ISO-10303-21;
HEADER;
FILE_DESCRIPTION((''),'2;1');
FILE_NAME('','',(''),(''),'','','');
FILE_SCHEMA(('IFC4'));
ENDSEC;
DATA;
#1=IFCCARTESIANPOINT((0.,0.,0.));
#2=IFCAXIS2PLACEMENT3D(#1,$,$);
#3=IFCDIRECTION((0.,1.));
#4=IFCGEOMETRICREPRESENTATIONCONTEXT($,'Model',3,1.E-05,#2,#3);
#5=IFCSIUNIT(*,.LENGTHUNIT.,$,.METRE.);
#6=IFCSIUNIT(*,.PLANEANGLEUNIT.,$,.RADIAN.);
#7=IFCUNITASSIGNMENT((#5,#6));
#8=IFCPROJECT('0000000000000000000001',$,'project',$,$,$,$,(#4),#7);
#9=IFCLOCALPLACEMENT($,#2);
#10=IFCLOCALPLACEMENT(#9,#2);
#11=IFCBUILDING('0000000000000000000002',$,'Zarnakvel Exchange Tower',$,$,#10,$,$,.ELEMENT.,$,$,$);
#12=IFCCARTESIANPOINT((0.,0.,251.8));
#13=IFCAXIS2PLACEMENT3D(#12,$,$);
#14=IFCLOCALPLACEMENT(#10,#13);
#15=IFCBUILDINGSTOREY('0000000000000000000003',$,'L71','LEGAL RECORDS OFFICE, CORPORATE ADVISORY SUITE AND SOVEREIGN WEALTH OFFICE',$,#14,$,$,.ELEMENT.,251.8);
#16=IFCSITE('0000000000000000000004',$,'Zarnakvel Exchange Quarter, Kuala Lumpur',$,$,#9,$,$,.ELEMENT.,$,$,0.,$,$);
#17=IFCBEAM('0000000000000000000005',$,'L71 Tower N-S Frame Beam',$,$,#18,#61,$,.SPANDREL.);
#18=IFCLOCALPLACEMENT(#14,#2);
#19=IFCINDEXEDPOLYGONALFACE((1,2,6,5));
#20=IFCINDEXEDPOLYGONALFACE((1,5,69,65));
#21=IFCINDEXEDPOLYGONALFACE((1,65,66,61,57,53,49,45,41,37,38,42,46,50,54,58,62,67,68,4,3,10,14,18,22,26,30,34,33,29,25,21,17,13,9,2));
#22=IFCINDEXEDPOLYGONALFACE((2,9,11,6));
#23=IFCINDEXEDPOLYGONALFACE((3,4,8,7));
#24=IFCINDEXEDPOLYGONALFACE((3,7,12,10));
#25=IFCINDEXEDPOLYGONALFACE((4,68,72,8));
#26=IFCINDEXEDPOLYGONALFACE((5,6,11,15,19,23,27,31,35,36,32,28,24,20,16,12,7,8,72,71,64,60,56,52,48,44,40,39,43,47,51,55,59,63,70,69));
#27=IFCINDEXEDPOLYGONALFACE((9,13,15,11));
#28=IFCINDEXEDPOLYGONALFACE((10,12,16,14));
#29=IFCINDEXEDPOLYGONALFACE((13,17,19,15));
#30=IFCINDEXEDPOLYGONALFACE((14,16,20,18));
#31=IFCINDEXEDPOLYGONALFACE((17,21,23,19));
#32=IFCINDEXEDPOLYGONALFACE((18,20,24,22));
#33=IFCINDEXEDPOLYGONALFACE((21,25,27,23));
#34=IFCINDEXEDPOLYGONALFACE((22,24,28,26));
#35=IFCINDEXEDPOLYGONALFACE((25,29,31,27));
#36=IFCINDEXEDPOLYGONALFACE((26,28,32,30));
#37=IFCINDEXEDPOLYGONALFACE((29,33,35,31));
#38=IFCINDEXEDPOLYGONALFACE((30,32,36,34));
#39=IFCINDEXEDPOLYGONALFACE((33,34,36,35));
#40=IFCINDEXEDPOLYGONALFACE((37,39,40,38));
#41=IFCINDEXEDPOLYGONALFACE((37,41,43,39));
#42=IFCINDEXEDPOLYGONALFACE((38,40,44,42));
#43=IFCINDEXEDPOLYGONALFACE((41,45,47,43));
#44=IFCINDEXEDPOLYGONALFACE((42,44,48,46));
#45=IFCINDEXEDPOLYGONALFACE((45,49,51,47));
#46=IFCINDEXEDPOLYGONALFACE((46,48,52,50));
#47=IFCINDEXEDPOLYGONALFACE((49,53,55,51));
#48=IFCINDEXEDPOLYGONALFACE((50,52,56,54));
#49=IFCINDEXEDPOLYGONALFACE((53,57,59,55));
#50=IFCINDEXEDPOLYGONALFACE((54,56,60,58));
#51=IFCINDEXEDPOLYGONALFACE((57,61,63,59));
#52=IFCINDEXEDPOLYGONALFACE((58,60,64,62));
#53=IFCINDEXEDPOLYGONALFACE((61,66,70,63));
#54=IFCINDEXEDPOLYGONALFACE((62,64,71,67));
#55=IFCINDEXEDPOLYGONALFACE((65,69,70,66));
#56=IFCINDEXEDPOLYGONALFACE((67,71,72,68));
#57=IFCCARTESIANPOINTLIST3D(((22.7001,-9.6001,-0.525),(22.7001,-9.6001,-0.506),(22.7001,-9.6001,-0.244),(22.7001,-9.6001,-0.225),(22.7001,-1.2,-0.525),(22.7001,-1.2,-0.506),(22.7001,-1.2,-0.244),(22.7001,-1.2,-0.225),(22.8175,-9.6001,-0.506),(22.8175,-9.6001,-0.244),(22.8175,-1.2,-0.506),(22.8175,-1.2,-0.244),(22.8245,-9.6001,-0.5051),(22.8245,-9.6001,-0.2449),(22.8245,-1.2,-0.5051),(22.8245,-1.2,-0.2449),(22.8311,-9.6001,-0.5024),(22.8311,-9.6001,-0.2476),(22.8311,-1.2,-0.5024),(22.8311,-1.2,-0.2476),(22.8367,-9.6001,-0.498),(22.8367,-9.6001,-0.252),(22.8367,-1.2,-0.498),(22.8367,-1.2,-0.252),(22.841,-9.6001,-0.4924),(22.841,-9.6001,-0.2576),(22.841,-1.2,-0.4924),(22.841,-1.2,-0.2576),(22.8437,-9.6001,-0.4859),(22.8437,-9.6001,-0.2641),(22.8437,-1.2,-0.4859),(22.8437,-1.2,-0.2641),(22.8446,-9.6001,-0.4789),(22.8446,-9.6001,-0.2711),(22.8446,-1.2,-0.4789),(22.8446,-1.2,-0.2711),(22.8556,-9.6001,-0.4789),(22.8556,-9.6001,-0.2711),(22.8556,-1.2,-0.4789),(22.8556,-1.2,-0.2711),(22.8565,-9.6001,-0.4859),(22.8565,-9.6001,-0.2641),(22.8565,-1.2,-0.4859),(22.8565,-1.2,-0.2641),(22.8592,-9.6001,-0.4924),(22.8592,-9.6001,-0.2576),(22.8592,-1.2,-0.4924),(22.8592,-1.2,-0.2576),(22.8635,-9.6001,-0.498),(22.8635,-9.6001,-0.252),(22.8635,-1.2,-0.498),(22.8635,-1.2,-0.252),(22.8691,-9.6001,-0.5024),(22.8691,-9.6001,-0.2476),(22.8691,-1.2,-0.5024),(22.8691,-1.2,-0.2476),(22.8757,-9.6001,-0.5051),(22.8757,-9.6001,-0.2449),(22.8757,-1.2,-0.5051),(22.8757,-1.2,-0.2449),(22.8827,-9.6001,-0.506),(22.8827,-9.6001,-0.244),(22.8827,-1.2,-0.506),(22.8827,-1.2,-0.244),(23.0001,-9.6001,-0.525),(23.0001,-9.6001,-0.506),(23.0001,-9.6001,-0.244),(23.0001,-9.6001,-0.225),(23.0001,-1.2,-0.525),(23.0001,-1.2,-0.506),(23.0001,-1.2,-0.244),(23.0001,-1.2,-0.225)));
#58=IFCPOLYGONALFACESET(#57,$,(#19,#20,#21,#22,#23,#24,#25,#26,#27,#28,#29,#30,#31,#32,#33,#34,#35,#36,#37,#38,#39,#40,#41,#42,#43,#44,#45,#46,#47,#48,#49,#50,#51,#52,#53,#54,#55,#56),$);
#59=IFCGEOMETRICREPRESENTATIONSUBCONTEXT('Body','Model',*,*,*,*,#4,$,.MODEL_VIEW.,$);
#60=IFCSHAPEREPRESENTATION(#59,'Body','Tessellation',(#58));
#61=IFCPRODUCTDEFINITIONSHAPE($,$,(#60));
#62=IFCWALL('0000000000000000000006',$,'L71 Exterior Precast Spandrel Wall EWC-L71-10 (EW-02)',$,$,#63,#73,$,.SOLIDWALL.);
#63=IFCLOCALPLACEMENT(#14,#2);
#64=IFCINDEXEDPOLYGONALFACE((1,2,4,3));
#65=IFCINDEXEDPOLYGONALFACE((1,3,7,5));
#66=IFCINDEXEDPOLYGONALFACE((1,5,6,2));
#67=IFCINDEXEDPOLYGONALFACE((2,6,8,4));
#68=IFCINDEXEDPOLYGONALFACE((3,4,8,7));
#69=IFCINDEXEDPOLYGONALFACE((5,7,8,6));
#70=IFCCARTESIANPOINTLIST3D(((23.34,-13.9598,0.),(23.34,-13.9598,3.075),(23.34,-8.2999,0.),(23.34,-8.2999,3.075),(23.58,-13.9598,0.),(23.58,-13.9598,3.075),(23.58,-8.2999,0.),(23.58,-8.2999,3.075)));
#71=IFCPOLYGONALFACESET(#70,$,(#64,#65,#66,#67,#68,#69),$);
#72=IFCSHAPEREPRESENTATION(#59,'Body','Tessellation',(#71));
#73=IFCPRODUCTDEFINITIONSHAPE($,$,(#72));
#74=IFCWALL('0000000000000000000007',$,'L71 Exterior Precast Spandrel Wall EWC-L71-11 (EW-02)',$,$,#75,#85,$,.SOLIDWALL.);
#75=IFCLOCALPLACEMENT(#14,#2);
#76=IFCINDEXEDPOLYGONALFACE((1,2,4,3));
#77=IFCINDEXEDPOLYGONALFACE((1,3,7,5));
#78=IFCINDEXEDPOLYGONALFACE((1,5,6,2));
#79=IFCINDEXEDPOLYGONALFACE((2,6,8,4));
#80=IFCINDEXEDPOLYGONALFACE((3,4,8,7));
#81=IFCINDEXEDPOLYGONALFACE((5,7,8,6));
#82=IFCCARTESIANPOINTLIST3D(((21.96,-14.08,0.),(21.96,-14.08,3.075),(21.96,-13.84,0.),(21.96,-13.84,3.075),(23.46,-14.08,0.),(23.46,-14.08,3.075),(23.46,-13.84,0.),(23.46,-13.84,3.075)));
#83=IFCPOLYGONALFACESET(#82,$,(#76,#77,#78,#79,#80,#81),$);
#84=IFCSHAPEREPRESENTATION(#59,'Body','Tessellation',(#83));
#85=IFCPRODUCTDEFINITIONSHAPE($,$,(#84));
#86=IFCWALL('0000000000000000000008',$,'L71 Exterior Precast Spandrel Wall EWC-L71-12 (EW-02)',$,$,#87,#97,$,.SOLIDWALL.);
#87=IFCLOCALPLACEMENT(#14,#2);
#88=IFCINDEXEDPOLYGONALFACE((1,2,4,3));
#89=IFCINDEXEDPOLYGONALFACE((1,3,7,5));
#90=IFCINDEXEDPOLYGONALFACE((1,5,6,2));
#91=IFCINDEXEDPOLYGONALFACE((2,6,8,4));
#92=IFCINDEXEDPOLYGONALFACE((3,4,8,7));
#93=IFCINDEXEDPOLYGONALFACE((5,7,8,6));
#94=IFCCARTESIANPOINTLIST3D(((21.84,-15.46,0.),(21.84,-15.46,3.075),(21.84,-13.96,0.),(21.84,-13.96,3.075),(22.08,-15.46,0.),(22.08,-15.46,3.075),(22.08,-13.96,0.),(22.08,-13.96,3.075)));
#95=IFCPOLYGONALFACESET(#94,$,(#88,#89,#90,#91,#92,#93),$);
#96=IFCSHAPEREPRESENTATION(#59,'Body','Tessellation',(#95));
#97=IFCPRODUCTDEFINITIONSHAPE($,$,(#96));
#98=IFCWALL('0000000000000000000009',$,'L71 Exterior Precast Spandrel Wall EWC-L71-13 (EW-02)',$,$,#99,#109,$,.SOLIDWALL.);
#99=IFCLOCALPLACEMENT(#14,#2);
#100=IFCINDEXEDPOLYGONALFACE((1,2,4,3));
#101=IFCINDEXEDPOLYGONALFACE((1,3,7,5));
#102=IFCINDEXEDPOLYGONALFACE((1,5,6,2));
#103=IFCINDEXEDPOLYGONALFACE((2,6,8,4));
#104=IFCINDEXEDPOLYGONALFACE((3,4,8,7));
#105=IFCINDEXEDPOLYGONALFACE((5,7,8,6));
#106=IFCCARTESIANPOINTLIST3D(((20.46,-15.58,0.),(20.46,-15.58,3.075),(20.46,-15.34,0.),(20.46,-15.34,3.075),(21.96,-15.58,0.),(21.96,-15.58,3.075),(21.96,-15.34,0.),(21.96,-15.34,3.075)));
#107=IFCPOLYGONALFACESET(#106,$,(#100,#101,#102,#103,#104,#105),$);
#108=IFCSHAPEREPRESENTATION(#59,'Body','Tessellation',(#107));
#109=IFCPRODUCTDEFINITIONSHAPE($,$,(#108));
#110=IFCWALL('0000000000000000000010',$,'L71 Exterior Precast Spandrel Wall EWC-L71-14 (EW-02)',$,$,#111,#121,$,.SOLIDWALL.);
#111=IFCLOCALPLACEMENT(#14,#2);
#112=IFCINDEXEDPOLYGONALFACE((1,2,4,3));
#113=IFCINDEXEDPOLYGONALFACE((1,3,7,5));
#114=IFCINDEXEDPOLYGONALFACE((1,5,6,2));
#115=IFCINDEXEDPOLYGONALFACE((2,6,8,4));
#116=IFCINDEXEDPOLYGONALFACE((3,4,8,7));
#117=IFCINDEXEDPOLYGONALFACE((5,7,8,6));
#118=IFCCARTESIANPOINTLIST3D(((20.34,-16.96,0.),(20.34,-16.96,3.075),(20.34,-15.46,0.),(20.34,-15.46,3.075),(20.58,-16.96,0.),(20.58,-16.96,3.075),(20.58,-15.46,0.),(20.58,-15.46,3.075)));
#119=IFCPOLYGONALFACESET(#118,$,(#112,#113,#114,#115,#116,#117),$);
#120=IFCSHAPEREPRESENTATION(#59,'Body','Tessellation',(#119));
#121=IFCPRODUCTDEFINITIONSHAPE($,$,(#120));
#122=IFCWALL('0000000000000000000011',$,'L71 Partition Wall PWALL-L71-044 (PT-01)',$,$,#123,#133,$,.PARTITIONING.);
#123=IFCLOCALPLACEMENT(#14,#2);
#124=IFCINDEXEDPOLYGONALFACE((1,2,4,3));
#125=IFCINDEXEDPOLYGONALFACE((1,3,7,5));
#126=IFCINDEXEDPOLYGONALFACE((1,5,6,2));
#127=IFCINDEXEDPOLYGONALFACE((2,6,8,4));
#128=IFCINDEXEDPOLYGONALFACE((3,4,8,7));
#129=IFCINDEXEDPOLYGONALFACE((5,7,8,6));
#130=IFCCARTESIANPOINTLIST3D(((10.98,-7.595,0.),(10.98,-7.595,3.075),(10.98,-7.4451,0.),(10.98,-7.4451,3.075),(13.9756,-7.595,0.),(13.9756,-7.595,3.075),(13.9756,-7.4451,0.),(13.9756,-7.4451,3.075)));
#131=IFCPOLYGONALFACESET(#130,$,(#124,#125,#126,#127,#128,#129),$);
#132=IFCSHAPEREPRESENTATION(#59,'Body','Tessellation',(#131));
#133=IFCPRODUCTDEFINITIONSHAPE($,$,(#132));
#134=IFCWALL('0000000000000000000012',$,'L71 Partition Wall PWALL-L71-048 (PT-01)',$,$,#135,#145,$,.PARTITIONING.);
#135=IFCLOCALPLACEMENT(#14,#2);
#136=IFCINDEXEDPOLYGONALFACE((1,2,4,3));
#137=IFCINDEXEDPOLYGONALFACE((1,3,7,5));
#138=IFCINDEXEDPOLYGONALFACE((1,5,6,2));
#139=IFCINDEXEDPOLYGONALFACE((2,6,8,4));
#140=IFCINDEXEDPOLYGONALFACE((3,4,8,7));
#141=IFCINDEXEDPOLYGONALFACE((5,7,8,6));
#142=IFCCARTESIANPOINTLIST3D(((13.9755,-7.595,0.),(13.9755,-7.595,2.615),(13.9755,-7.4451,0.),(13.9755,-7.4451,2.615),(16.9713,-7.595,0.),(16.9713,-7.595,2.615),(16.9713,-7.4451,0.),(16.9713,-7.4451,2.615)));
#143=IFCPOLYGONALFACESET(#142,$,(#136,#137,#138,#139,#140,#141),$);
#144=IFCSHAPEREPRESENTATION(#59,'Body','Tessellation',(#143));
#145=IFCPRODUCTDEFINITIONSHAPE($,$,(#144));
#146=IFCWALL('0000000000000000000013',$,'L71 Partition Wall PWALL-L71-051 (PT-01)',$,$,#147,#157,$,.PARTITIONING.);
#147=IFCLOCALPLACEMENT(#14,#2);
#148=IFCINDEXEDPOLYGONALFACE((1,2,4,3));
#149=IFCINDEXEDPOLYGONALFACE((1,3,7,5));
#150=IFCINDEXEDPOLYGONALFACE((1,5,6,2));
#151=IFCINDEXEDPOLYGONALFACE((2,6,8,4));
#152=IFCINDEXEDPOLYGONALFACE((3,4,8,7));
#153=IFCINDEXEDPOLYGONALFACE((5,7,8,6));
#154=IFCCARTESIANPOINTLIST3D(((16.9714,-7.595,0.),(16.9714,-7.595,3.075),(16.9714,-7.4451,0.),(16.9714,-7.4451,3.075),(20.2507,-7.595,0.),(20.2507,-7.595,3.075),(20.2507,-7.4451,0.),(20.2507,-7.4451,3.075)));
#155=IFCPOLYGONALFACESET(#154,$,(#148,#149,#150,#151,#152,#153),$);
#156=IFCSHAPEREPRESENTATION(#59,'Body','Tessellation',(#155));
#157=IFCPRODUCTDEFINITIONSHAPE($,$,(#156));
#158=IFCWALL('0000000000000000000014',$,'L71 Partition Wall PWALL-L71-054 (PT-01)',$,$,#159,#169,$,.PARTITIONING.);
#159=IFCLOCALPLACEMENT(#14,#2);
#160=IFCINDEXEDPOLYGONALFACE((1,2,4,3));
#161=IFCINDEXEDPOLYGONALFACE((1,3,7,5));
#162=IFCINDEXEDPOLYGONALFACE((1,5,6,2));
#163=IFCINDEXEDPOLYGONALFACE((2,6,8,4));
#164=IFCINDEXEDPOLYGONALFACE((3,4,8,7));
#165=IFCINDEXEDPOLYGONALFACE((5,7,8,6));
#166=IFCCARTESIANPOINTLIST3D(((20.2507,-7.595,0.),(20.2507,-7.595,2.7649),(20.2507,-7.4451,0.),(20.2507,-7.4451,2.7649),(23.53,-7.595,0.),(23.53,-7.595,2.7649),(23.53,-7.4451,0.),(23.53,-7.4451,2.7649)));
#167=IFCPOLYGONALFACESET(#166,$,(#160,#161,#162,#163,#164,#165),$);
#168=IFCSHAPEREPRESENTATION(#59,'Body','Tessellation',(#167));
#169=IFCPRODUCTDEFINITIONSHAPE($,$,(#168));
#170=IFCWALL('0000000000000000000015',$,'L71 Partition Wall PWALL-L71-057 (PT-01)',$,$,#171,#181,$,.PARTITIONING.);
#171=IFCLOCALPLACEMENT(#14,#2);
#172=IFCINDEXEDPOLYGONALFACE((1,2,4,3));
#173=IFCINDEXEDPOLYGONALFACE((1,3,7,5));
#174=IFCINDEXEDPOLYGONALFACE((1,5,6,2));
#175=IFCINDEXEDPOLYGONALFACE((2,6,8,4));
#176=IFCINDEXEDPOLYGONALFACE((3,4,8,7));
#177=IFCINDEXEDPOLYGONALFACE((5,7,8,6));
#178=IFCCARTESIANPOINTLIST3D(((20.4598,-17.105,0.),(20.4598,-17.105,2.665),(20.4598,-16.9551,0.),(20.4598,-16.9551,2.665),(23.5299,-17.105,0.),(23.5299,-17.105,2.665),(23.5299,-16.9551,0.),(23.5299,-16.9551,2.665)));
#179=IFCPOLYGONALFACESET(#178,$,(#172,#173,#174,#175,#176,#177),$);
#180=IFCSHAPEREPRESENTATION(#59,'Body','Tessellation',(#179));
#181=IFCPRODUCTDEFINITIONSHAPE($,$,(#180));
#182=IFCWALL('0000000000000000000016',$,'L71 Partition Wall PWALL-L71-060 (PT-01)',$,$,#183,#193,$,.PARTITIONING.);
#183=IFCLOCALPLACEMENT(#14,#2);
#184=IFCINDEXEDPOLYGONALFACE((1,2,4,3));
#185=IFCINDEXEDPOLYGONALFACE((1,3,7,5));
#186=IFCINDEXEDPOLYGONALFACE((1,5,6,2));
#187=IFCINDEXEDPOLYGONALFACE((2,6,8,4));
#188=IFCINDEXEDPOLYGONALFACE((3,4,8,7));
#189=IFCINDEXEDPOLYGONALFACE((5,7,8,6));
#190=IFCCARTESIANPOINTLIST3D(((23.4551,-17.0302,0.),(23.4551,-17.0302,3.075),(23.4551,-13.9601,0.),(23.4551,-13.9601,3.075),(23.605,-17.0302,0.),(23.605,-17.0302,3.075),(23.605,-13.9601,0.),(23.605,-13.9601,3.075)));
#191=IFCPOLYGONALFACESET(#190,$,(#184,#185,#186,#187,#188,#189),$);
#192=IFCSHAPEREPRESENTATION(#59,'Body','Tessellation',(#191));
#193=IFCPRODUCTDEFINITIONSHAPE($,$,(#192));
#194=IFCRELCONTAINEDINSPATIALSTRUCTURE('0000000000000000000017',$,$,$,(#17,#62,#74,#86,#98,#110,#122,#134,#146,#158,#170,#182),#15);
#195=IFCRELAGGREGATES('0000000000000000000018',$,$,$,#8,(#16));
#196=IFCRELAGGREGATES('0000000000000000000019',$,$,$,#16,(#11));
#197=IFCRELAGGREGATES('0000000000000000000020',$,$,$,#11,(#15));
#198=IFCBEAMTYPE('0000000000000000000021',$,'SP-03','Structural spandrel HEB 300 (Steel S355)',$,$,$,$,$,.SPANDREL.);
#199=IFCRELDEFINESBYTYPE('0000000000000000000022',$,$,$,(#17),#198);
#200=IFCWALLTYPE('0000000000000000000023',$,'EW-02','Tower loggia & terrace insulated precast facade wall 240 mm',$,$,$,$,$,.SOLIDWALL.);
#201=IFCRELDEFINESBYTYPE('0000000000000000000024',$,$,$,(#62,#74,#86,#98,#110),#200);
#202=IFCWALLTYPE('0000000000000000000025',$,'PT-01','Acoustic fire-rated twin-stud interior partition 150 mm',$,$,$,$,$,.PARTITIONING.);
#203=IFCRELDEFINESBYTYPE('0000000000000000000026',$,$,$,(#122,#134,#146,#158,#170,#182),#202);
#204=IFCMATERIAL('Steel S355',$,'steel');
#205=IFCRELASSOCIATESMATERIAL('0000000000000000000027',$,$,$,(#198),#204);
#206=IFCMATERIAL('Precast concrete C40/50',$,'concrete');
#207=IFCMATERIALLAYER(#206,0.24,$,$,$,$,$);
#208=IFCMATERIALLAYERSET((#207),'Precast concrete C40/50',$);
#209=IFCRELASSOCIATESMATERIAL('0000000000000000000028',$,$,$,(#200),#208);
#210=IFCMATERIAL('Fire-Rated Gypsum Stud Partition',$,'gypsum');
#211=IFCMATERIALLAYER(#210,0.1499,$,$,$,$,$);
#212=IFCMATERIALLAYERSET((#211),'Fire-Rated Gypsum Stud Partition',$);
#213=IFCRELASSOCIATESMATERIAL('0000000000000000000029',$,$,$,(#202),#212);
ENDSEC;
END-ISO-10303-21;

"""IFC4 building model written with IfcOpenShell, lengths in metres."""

from ifc_helpers import new_model, si_unit, direction, frame, frame_2d, origin, origin_2d, place, context, subcontext, project, spatial, rectangle, i_section, extrude, material, layer, layer_set, material_profile, profile_set, type_object, element, save


model = new_model("IFC4")

# Units and contexts
model_context = context("Model", 3, precision=1e-05, world=origin(), true_north=direction((0.0, 1.0)))
body_context = subcontext(model_context, "Body", "Model", "MODEL_VIEW")
ifc_project = project(units=[si_unit("LENGTHUNIT", "METRE"), si_unit("PLANEANGLEUNIT", "RADIAN")], contexts=[model_context])

# Site, building, storey
site_placement = place(None, origin())
site = spatial("IfcSite", under=ifc_project, at=site_placement, Name="Zarnakvel Exchange Quarter, Kuala Lumpur", CompositionType="ELEMENT", RefElevation=0.0)
building_placement = place(site_placement, origin())
building = spatial("IfcBuilding", under=site, at=building_placement, Name="Zarnakvel Exchange Tower", CompositionType="ELEMENT")
storey_placement = place(building_placement, frame((0.0, 0.0, 251.8)))
storey = spatial("IfcBuildingStorey", under=building, at=storey_placement, Name="L71", Description="LEGAL RECORDS OFFICE, CORPORATE ADVISORY SUITE AND SOVEREIGN WEALTH OFFICE", CompositionType="ELEMENT", Elevation=251.8)

# Shared definitions
ifc_material_1 = material(Name="Steel S355", Category="steel")

# Beam
ifc_material_profile_1 = material_profile(ifc_material_1, i_section(OverallWidth=0.3, OverallDepth=0.3, WebThickness=0.011, FlangeThickness=0.019, FilletRadius=0.0271, at=origin_2d()))
ifc_profile_set_1 = profile_set([ifc_material_profile_1], Name="Steel S355")
beam_type_1 = type_object("IfcBeamType", Name="SP-03", Description="Structural spandrel HEB 300 (Steel S355)", PredefinedType="SPANDREL", material=ifc_profile_set_1)
beam_1_placement = place(storey_placement, frame((22.8501, -9.6001, -0.375), z_axis=(0.0, 1.0, 0.0), x_axis=(-1.0, 0.0, 0.0)))
element("IfcBeam", 1, at=beam_1_placement, inside=storey, type_object=beam_type_1, Name="L71 Tower N-S Frame Beam", PredefinedType="SPANDREL", context=body_context, shape_type="SweptSolid", body=[
    extrude(i_section(OverallWidth=0.3, OverallDepth=0.3, WebThickness=0.011, FlangeThickness=0.019, FilletRadius=0.0271, at=origin_2d()), origin(), (0.0, 0.0, 1.0), 8.4001),
])

# Walls
ifc_material_2 = material(Name="Precast concrete C40/50", Category="concrete")
ifc_layer_1 = layer(ifc_material_2, 0.24)
ifc_layer_set_1 = layer_set([ifc_layer_1], Name="Precast concrete C40/50")
wall_type_1 = type_object("IfcWallType", Name="EW-02", Description="Tower loggia & terrace insulated precast facade wall 240 mm", PredefinedType="SOLIDWALL", material=ifc_layer_set_1)
wall_1_placement = place(storey_placement, frame((23.46, -13.96, 0.0), z_axis=(0.0, 0.0, 1.0), x_axis=(0.0, 1.0, 0.0)))
element("IfcWall", 2, at=wall_1_placement, inside=storey, type_object=wall_type_1, Name="L71 Exterior Precast Spandrel Wall EWC-L71-10 (EW-02)", PredefinedType="SOLIDWALL", context=body_context, shape_type="SweptSolid", body=[
    extrude(rectangle(XDim=5.6599, YDim=0.24, at=frame_2d((2.8301, 0.0))), origin(), (0.0, 0.0, 1.0), 3.075),
])
for number, where, z_axis, x_axis, name in (
    (3, (21.96, -13.96, 0.0), (0.0, 0.0, 1.0), (1.0, 0.0, 0.0), "L71 Exterior Precast Spandrel Wall EWC-L71-11 (EW-02)"),
    (4, (21.96, -15.46, 0.0), (0.0, 0.0, 1.0), (0.0, 1.0, 0.0), "L71 Exterior Precast Spandrel Wall EWC-L71-12 (EW-02)"),
    (5, (20.46, -15.46, 0.0), (0.0, 0.0, 1.0), (1.0, 0.0, 0.0), "L71 Exterior Precast Spandrel Wall EWC-L71-13 (EW-02)"),
    (6, (20.46, -16.96, 0.0), (0.0, 0.0, 1.0), (0.0, 1.0, 0.0), "L71 Exterior Precast Spandrel Wall EWC-L71-14 (EW-02)"),
):
    element("IfcWall", number, at=place(storey_placement, frame(where, z_axis=z_axis, x_axis=x_axis)), inside=storey, type_object=wall_type_1, Name=name, PredefinedType="SOLIDWALL", context=body_context, shape_type="SweptSolid", body=[
        extrude(rectangle(XDim=1.5, YDim=0.24, at=frame_2d((0.75, 0.0))), origin(), (0.0, 0.0, 1.0), 3.075),
    ])
ifc_material_3 = material(Name="Fire-Rated Gypsum Stud Partition", Category="gypsum")
ifc_layer_2 = layer(ifc_material_3, 0.1499)
ifc_layer_set_2 = layer_set([ifc_layer_2], Name="Fire-Rated Gypsum Stud Partition")
wall_type_2 = type_object("IfcWallType", Name="PT-01", Description="Acoustic fire-rated twin-stud interior partition 150 mm", PredefinedType="PARTITIONING", material=ifc_layer_set_2)
wall_2_placement = place(storey_placement, frame((13.9756, -7.52, 0.0), z_axis=(0.0, 0.0, 1.0), x_axis=(-1.0, 0.0, 0.0)))
element("IfcWall", 7, at=wall_2_placement, inside=storey, type_object=wall_type_2, Name="L71 Partition Wall PWALL-L71-044 (PT-01)", PredefinedType="PARTITIONING", context=body_context, shape_type="SweptSolid", body=[
    extrude(rectangle(XDim=2.9956, YDim=0.1499, at=frame_2d((1.4978, 0.0))), origin(), (0.0, 0.0, 1.0), 3.075),
])
wall_3_placement = place(storey_placement, frame((16.9714, -7.52, 0.0), z_axis=(0.0, 0.0, 1.0), x_axis=(-1.0, 0.0, 0.0)))
element("IfcWall", 8, at=wall_3_placement, inside=storey, type_object=wall_type_2, Name="L71 Partition Wall PWALL-L71-048 (PT-01)", PredefinedType="PARTITIONING", context=body_context, shape_type="SweptSolid", body=[
    extrude(rectangle(XDim=2.9958, YDim=0.1499, at=frame_2d((1.498, 0.0))), origin(), (0.0, 0.0, 1.0), 2.615),
])
wall_4_placement = place(storey_placement, frame((20.2507, -7.52, 0.0), z_axis=(0.0, 0.0, 1.0), x_axis=(-1.0, 0.0, 0.0)))
element("IfcWall", 9, at=wall_4_placement, inside=storey, type_object=wall_type_2, Name="L71 Partition Wall PWALL-L71-051 (PT-01)", PredefinedType="PARTITIONING", context=body_context, shape_type="SweptSolid", body=[
    extrude(rectangle(XDim=3.2793, YDim=0.1499, at=frame_2d((1.6396, 0.0))), origin(), (0.0, 0.0, 1.0), 3.075),
])
wall_5_placement = place(storey_placement, frame((23.53, -7.52, 0.0), z_axis=(0.0, 0.0, 1.0), x_axis=(-1.0, 0.0, 0.0)))
element("IfcWall", 10, at=wall_5_placement, inside=storey, type_object=wall_type_2, Name="L71 Partition Wall PWALL-L71-054 (PT-01)", PredefinedType="PARTITIONING", context=body_context, shape_type="SweptSolid", body=[
    extrude(rectangle(XDim=3.2793, YDim=0.1499, at=frame_2d((1.6396, 0.0))), origin(), (0.0, 0.0, 1.0), 2.7649),
])
wall_6_placement = place(storey_placement, frame((23.53, -17.03, 0.0), z_axis=(0.0, 0.0, 1.0), x_axis=(-1.0, 0.0, 0.0)))
element("IfcWall", 11, at=wall_6_placement, inside=storey, type_object=wall_type_2, Name="L71 Partition Wall PWALL-L71-057 (PT-01)", PredefinedType="PARTITIONING", context=body_context, shape_type="SweptSolid", body=[
    extrude(rectangle(XDim=3.0701, YDim=0.1499, at=frame_2d((1.5352, 0.0))), origin(), (0.0, 0.0, 1.0), 2.665),
])
wall_7_placement = place(storey_placement, frame((23.53, -13.96, 0.0), z_axis=(0.0, 0.0, 1.0), x_axis=(0.0, -1.0, 0.0)))
element("IfcWall", 12, at=wall_7_placement, inside=storey, type_object=wall_type_2, Name="L71 Partition Wall PWALL-L71-060 (PT-01)", PredefinedType="PARTITIONING", context=body_context, shape_type="SweptSolid", body=[
    extrude(rectangle(XDim=3.0701, YDim=0.1499, at=frame_2d((1.5352, 0.0))), origin(), (0.0, 0.0, 1.0), 3.075),
])

save(model, "model.ifc")
